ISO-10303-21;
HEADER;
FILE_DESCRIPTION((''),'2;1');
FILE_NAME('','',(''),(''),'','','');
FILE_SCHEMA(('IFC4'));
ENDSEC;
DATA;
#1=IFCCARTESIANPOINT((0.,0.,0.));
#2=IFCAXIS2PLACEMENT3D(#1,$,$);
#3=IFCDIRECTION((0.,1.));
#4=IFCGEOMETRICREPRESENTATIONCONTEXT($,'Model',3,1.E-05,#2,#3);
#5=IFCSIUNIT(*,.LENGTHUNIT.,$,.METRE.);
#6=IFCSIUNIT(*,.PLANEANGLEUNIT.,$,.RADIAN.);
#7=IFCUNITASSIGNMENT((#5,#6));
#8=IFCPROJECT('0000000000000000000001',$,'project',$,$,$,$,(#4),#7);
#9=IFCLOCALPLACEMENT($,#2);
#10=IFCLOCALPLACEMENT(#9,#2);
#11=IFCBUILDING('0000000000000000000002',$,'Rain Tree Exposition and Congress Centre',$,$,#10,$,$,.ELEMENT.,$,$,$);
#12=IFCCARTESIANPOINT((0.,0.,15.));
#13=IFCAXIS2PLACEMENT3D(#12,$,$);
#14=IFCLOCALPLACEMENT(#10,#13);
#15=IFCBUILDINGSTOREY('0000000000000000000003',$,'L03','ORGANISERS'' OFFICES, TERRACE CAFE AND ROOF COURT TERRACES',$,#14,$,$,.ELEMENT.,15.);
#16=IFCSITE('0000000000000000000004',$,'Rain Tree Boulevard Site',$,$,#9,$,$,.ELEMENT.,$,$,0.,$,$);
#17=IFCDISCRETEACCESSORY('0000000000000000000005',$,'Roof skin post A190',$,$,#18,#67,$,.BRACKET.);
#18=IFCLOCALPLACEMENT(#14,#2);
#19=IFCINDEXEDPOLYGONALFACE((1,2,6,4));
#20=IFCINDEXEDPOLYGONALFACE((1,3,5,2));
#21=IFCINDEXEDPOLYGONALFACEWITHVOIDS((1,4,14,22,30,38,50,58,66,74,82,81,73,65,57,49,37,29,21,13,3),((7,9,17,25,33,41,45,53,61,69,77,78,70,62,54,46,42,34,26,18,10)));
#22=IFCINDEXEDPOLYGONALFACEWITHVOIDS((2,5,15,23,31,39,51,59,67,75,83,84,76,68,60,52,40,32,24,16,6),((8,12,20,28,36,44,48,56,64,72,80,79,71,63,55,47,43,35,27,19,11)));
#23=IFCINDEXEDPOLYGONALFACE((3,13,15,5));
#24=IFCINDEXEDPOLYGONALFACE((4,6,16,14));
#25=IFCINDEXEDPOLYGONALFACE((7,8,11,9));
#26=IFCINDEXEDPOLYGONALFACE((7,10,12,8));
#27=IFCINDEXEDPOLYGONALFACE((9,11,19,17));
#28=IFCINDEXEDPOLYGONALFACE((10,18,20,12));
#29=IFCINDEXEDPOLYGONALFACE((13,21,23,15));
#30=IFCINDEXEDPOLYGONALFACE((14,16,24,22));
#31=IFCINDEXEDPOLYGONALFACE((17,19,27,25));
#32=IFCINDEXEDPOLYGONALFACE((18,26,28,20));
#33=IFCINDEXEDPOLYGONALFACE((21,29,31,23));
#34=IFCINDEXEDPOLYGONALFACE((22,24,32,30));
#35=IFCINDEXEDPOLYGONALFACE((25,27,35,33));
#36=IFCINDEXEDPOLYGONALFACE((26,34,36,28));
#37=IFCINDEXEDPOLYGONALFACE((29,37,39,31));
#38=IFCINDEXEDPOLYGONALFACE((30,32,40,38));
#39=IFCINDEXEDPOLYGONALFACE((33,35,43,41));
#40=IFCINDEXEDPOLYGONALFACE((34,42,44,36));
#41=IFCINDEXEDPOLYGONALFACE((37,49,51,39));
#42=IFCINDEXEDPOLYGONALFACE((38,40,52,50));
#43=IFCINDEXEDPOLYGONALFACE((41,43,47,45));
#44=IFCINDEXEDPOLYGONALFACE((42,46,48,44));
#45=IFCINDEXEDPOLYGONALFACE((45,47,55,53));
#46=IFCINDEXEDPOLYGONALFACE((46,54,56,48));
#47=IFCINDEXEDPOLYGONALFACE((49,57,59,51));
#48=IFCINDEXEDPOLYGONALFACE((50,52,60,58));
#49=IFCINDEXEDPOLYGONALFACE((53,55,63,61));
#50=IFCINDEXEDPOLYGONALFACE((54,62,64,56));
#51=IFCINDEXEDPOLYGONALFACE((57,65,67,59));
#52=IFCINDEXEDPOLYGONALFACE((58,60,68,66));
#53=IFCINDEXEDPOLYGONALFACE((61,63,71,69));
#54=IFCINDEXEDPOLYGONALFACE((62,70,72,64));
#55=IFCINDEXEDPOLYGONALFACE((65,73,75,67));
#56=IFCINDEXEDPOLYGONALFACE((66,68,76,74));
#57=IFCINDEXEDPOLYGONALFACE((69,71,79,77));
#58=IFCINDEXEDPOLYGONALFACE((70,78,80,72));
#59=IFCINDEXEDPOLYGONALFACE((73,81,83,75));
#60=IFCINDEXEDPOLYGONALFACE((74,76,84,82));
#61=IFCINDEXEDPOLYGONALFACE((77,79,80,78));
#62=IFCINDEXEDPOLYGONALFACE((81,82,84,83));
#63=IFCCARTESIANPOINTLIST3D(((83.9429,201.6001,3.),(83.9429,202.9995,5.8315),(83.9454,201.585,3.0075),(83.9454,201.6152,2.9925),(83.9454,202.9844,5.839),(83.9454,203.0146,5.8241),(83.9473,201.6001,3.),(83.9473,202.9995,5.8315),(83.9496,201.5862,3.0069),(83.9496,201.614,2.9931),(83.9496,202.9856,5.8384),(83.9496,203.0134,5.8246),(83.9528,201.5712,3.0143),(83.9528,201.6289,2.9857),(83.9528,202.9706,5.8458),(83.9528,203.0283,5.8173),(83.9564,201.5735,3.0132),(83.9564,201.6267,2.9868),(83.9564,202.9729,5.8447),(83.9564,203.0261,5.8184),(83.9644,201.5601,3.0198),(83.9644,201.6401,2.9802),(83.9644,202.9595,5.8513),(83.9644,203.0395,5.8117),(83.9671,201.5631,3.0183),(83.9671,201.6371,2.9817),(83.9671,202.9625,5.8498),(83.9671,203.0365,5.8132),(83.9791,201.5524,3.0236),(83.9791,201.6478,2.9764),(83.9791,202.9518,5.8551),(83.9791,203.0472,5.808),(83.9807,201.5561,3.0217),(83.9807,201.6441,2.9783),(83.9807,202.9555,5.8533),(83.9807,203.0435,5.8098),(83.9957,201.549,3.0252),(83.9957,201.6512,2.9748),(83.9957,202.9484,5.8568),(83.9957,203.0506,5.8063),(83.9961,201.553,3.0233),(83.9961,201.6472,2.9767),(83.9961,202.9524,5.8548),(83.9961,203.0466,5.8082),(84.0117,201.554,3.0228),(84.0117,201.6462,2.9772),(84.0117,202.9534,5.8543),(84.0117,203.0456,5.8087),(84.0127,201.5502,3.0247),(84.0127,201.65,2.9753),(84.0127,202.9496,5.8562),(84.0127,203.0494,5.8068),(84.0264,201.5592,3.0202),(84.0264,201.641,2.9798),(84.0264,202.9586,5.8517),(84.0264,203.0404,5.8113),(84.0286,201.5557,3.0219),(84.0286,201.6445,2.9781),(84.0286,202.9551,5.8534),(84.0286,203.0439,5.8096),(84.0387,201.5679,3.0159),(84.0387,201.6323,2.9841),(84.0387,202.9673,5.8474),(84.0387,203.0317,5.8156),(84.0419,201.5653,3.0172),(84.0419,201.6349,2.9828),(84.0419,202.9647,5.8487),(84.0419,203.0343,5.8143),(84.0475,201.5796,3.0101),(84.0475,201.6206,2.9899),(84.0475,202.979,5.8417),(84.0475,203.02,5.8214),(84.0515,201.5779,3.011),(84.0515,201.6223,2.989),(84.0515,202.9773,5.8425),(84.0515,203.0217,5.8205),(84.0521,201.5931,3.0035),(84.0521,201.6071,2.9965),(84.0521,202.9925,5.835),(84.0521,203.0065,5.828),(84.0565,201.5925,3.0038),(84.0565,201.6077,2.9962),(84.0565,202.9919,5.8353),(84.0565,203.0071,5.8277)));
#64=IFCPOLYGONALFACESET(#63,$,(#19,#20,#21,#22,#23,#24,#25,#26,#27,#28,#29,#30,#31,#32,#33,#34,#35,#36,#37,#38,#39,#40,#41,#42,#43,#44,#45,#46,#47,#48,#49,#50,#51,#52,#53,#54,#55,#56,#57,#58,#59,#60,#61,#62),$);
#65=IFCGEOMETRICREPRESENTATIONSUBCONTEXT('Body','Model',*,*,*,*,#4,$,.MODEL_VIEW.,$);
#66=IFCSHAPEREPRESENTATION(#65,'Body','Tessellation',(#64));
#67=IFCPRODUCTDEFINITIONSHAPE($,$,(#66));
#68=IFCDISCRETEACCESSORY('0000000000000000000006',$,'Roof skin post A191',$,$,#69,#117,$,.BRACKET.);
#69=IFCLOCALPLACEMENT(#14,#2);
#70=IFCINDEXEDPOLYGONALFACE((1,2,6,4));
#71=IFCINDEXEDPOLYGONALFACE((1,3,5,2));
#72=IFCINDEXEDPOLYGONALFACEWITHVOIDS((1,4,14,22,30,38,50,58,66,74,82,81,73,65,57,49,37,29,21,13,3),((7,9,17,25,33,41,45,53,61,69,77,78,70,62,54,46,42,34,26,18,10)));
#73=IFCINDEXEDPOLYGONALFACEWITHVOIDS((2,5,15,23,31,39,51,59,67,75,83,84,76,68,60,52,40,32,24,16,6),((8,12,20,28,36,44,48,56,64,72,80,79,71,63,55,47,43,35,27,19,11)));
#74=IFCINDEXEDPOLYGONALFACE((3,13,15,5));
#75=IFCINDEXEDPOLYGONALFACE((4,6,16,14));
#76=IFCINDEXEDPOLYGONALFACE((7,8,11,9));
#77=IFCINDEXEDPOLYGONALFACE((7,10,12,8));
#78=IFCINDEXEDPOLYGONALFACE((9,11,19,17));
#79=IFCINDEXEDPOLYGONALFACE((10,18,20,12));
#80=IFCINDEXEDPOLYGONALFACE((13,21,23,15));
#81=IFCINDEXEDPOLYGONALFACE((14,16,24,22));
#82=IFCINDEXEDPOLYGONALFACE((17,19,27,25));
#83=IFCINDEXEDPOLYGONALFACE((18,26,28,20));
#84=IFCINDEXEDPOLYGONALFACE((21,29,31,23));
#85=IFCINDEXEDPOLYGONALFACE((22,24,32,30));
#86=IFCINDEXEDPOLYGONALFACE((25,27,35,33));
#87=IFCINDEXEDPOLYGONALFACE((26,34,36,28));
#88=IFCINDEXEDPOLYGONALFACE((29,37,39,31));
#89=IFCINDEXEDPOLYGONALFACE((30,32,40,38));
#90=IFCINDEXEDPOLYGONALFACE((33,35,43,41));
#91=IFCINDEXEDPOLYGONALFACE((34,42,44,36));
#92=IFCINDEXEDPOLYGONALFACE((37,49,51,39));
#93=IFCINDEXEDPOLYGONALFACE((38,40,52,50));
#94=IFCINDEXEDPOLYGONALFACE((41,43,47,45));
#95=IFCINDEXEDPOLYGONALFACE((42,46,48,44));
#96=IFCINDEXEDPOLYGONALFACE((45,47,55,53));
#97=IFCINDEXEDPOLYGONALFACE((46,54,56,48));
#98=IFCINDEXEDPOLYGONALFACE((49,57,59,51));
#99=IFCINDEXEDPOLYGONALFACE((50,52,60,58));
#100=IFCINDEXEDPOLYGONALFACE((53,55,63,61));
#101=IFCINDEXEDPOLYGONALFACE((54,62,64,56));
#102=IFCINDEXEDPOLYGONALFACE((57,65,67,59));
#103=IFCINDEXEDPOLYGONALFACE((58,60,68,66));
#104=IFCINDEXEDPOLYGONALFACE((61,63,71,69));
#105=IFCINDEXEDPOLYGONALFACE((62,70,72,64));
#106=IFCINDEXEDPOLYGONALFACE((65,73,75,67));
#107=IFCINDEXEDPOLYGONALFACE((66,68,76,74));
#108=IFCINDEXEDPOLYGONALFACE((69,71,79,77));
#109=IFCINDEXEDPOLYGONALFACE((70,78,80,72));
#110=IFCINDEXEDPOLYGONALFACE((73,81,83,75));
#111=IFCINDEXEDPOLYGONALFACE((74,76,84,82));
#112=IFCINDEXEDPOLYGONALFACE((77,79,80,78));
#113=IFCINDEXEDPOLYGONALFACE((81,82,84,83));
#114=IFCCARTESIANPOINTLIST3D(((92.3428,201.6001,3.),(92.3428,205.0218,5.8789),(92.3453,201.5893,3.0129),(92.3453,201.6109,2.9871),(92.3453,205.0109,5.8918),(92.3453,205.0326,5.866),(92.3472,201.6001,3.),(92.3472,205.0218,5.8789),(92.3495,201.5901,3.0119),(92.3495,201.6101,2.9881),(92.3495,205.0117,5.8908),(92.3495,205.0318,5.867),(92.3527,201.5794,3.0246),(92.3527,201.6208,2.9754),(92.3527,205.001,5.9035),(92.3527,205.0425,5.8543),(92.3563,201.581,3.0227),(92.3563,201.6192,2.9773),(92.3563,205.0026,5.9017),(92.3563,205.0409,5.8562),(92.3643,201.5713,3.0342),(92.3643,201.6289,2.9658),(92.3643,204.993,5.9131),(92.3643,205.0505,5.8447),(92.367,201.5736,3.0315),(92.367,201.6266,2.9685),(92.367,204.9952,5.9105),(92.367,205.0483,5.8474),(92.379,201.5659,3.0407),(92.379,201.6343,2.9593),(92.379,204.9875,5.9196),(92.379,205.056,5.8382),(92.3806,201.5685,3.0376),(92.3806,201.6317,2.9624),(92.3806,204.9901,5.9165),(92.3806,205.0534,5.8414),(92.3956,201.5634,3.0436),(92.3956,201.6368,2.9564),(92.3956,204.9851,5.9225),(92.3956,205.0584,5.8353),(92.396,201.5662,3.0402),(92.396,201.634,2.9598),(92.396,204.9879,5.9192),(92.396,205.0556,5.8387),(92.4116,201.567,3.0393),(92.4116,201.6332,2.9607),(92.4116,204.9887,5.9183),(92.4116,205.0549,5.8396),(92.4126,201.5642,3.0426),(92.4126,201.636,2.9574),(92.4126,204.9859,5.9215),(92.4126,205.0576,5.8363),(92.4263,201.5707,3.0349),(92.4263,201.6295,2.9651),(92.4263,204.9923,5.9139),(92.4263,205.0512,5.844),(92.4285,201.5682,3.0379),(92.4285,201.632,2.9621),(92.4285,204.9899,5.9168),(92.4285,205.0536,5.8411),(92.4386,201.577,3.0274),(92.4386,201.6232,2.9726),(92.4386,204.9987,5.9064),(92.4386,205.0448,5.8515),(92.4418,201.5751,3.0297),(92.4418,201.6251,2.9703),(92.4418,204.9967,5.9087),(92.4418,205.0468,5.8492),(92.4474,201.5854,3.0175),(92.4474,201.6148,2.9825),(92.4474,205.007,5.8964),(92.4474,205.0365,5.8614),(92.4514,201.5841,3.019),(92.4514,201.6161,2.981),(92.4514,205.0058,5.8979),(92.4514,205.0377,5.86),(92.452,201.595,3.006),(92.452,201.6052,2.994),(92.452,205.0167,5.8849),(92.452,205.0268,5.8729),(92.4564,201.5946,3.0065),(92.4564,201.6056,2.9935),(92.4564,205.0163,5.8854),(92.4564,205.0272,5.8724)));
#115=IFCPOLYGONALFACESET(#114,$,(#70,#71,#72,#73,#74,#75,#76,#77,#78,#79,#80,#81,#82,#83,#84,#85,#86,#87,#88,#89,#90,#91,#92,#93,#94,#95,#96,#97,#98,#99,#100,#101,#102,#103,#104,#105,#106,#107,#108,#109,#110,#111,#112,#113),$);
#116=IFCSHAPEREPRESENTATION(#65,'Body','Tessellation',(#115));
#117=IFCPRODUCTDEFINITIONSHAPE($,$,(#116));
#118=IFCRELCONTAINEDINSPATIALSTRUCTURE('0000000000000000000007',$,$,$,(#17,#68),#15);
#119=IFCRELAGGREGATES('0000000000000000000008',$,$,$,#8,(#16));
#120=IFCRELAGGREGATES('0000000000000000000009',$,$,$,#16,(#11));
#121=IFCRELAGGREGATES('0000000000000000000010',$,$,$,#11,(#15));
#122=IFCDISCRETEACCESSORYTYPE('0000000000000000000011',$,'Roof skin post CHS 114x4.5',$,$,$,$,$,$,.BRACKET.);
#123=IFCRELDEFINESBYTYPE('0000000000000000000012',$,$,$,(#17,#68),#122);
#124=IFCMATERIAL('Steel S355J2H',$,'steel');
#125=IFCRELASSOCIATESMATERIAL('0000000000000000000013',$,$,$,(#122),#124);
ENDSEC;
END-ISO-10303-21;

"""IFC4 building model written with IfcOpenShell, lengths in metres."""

from ifc_helpers import new_model, si_unit, direction, frame, origin, origin_2d, place, context, subcontext, project, spatial, hollow_circle, extrude, material, material_profile, profile_set, type_object, element, save


model = new_model("IFC4")

# Units and contexts
model_context = context("Model", 3, precision=1e-05, world=origin(), true_north=direction((0.0, 1.0)))
body_context = subcontext(model_context, "Body", "Model", "MODEL_VIEW")
ifc_project = project(units=[si_unit("LENGTHUNIT", "METRE"), si_unit("PLANEANGLEUNIT", "RADIAN")], contexts=[model_context])

# Site, building, storey
site_placement = place(None, origin())
site = spatial("IfcSite", under=ifc_project, at=site_placement, Name="Rain Tree Boulevard Site", CompositionType="ELEMENT", RefElevation=0.0)
building_placement = place(site_placement, origin())
building = spatial("IfcBuilding", under=site, at=building_placement, Name="Rain Tree Exposition and Congress Centre", CompositionType="ELEMENT")
storey_placement = place(building_placement, frame((0.0, 0.0, 15.0)))
storey = spatial("IfcBuildingStorey", under=building, at=storey_placement, Name="L03", Description="ORGANISERS' OFFICES, TERRACE CAFE AND ROOF COURT TERRACES", CompositionType="ELEMENT", Elevation=15.0)

# Discrete accessories
ifc_material_1 = material(Name="Steel S355J2H", Category="steel")
ifc_material_profile_1 = material_profile(ifc_material_1, hollow_circle(Radius=0.0571, WallThickness=0.0044, at=origin_2d()), Name="CHS 114x4.5")
ifc_profile_set_1 = profile_set([ifc_material_profile_1], Name="Steel S355J2H")
discrete_accessory_type_1 = type_object("IfcDiscreteAccessoryType", Name="Roof skin post CHS 114x4.5", PredefinedType="BRACKET", material=ifc_profile_set_1)
discrete_accessory_1_placement = place(storey_placement, frame((84.0, 201.6001, 3.0), z_axis=(0.0, 0.443066, 0.896489), x_axis=(-1.0, 0.0, 0.0)))
element("IfcDiscreteAccessory", 1, at=discrete_accessory_1_placement, inside=storey, type_object=discrete_accessory_type_1, Name="Roof skin post A190", PredefinedType="BRACKET", context=body_context, shape_type="SweptSolid", body=[
    extrude(hollow_circle(Radius=0.0571, WallThickness=0.0044, at=origin_2d()), origin(), (0.0, 0.0, 1.0), 3.1584),
])
discrete_accessory_2_placement = place(storey_placement, frame((92.3999, 201.6001, 3.0), z_axis=(0.0, 0.765183, 0.643813), x_axis=(-1.0, 0.0, 0.0)))
element("IfcDiscreteAccessory", 2, at=discrete_accessory_2_placement, inside=storey, type_object=discrete_accessory_type_1, Name="Roof skin post A191", PredefinedType="BRACKET", context=body_context, shape_type="SweptSolid", body=[
    extrude(hollow_circle(Radius=0.0571, WallThickness=0.0044, at=origin_2d()), origin(), (0.0, 0.0, 1.0), 4.4717),
])

save(model, "model.ifc")
